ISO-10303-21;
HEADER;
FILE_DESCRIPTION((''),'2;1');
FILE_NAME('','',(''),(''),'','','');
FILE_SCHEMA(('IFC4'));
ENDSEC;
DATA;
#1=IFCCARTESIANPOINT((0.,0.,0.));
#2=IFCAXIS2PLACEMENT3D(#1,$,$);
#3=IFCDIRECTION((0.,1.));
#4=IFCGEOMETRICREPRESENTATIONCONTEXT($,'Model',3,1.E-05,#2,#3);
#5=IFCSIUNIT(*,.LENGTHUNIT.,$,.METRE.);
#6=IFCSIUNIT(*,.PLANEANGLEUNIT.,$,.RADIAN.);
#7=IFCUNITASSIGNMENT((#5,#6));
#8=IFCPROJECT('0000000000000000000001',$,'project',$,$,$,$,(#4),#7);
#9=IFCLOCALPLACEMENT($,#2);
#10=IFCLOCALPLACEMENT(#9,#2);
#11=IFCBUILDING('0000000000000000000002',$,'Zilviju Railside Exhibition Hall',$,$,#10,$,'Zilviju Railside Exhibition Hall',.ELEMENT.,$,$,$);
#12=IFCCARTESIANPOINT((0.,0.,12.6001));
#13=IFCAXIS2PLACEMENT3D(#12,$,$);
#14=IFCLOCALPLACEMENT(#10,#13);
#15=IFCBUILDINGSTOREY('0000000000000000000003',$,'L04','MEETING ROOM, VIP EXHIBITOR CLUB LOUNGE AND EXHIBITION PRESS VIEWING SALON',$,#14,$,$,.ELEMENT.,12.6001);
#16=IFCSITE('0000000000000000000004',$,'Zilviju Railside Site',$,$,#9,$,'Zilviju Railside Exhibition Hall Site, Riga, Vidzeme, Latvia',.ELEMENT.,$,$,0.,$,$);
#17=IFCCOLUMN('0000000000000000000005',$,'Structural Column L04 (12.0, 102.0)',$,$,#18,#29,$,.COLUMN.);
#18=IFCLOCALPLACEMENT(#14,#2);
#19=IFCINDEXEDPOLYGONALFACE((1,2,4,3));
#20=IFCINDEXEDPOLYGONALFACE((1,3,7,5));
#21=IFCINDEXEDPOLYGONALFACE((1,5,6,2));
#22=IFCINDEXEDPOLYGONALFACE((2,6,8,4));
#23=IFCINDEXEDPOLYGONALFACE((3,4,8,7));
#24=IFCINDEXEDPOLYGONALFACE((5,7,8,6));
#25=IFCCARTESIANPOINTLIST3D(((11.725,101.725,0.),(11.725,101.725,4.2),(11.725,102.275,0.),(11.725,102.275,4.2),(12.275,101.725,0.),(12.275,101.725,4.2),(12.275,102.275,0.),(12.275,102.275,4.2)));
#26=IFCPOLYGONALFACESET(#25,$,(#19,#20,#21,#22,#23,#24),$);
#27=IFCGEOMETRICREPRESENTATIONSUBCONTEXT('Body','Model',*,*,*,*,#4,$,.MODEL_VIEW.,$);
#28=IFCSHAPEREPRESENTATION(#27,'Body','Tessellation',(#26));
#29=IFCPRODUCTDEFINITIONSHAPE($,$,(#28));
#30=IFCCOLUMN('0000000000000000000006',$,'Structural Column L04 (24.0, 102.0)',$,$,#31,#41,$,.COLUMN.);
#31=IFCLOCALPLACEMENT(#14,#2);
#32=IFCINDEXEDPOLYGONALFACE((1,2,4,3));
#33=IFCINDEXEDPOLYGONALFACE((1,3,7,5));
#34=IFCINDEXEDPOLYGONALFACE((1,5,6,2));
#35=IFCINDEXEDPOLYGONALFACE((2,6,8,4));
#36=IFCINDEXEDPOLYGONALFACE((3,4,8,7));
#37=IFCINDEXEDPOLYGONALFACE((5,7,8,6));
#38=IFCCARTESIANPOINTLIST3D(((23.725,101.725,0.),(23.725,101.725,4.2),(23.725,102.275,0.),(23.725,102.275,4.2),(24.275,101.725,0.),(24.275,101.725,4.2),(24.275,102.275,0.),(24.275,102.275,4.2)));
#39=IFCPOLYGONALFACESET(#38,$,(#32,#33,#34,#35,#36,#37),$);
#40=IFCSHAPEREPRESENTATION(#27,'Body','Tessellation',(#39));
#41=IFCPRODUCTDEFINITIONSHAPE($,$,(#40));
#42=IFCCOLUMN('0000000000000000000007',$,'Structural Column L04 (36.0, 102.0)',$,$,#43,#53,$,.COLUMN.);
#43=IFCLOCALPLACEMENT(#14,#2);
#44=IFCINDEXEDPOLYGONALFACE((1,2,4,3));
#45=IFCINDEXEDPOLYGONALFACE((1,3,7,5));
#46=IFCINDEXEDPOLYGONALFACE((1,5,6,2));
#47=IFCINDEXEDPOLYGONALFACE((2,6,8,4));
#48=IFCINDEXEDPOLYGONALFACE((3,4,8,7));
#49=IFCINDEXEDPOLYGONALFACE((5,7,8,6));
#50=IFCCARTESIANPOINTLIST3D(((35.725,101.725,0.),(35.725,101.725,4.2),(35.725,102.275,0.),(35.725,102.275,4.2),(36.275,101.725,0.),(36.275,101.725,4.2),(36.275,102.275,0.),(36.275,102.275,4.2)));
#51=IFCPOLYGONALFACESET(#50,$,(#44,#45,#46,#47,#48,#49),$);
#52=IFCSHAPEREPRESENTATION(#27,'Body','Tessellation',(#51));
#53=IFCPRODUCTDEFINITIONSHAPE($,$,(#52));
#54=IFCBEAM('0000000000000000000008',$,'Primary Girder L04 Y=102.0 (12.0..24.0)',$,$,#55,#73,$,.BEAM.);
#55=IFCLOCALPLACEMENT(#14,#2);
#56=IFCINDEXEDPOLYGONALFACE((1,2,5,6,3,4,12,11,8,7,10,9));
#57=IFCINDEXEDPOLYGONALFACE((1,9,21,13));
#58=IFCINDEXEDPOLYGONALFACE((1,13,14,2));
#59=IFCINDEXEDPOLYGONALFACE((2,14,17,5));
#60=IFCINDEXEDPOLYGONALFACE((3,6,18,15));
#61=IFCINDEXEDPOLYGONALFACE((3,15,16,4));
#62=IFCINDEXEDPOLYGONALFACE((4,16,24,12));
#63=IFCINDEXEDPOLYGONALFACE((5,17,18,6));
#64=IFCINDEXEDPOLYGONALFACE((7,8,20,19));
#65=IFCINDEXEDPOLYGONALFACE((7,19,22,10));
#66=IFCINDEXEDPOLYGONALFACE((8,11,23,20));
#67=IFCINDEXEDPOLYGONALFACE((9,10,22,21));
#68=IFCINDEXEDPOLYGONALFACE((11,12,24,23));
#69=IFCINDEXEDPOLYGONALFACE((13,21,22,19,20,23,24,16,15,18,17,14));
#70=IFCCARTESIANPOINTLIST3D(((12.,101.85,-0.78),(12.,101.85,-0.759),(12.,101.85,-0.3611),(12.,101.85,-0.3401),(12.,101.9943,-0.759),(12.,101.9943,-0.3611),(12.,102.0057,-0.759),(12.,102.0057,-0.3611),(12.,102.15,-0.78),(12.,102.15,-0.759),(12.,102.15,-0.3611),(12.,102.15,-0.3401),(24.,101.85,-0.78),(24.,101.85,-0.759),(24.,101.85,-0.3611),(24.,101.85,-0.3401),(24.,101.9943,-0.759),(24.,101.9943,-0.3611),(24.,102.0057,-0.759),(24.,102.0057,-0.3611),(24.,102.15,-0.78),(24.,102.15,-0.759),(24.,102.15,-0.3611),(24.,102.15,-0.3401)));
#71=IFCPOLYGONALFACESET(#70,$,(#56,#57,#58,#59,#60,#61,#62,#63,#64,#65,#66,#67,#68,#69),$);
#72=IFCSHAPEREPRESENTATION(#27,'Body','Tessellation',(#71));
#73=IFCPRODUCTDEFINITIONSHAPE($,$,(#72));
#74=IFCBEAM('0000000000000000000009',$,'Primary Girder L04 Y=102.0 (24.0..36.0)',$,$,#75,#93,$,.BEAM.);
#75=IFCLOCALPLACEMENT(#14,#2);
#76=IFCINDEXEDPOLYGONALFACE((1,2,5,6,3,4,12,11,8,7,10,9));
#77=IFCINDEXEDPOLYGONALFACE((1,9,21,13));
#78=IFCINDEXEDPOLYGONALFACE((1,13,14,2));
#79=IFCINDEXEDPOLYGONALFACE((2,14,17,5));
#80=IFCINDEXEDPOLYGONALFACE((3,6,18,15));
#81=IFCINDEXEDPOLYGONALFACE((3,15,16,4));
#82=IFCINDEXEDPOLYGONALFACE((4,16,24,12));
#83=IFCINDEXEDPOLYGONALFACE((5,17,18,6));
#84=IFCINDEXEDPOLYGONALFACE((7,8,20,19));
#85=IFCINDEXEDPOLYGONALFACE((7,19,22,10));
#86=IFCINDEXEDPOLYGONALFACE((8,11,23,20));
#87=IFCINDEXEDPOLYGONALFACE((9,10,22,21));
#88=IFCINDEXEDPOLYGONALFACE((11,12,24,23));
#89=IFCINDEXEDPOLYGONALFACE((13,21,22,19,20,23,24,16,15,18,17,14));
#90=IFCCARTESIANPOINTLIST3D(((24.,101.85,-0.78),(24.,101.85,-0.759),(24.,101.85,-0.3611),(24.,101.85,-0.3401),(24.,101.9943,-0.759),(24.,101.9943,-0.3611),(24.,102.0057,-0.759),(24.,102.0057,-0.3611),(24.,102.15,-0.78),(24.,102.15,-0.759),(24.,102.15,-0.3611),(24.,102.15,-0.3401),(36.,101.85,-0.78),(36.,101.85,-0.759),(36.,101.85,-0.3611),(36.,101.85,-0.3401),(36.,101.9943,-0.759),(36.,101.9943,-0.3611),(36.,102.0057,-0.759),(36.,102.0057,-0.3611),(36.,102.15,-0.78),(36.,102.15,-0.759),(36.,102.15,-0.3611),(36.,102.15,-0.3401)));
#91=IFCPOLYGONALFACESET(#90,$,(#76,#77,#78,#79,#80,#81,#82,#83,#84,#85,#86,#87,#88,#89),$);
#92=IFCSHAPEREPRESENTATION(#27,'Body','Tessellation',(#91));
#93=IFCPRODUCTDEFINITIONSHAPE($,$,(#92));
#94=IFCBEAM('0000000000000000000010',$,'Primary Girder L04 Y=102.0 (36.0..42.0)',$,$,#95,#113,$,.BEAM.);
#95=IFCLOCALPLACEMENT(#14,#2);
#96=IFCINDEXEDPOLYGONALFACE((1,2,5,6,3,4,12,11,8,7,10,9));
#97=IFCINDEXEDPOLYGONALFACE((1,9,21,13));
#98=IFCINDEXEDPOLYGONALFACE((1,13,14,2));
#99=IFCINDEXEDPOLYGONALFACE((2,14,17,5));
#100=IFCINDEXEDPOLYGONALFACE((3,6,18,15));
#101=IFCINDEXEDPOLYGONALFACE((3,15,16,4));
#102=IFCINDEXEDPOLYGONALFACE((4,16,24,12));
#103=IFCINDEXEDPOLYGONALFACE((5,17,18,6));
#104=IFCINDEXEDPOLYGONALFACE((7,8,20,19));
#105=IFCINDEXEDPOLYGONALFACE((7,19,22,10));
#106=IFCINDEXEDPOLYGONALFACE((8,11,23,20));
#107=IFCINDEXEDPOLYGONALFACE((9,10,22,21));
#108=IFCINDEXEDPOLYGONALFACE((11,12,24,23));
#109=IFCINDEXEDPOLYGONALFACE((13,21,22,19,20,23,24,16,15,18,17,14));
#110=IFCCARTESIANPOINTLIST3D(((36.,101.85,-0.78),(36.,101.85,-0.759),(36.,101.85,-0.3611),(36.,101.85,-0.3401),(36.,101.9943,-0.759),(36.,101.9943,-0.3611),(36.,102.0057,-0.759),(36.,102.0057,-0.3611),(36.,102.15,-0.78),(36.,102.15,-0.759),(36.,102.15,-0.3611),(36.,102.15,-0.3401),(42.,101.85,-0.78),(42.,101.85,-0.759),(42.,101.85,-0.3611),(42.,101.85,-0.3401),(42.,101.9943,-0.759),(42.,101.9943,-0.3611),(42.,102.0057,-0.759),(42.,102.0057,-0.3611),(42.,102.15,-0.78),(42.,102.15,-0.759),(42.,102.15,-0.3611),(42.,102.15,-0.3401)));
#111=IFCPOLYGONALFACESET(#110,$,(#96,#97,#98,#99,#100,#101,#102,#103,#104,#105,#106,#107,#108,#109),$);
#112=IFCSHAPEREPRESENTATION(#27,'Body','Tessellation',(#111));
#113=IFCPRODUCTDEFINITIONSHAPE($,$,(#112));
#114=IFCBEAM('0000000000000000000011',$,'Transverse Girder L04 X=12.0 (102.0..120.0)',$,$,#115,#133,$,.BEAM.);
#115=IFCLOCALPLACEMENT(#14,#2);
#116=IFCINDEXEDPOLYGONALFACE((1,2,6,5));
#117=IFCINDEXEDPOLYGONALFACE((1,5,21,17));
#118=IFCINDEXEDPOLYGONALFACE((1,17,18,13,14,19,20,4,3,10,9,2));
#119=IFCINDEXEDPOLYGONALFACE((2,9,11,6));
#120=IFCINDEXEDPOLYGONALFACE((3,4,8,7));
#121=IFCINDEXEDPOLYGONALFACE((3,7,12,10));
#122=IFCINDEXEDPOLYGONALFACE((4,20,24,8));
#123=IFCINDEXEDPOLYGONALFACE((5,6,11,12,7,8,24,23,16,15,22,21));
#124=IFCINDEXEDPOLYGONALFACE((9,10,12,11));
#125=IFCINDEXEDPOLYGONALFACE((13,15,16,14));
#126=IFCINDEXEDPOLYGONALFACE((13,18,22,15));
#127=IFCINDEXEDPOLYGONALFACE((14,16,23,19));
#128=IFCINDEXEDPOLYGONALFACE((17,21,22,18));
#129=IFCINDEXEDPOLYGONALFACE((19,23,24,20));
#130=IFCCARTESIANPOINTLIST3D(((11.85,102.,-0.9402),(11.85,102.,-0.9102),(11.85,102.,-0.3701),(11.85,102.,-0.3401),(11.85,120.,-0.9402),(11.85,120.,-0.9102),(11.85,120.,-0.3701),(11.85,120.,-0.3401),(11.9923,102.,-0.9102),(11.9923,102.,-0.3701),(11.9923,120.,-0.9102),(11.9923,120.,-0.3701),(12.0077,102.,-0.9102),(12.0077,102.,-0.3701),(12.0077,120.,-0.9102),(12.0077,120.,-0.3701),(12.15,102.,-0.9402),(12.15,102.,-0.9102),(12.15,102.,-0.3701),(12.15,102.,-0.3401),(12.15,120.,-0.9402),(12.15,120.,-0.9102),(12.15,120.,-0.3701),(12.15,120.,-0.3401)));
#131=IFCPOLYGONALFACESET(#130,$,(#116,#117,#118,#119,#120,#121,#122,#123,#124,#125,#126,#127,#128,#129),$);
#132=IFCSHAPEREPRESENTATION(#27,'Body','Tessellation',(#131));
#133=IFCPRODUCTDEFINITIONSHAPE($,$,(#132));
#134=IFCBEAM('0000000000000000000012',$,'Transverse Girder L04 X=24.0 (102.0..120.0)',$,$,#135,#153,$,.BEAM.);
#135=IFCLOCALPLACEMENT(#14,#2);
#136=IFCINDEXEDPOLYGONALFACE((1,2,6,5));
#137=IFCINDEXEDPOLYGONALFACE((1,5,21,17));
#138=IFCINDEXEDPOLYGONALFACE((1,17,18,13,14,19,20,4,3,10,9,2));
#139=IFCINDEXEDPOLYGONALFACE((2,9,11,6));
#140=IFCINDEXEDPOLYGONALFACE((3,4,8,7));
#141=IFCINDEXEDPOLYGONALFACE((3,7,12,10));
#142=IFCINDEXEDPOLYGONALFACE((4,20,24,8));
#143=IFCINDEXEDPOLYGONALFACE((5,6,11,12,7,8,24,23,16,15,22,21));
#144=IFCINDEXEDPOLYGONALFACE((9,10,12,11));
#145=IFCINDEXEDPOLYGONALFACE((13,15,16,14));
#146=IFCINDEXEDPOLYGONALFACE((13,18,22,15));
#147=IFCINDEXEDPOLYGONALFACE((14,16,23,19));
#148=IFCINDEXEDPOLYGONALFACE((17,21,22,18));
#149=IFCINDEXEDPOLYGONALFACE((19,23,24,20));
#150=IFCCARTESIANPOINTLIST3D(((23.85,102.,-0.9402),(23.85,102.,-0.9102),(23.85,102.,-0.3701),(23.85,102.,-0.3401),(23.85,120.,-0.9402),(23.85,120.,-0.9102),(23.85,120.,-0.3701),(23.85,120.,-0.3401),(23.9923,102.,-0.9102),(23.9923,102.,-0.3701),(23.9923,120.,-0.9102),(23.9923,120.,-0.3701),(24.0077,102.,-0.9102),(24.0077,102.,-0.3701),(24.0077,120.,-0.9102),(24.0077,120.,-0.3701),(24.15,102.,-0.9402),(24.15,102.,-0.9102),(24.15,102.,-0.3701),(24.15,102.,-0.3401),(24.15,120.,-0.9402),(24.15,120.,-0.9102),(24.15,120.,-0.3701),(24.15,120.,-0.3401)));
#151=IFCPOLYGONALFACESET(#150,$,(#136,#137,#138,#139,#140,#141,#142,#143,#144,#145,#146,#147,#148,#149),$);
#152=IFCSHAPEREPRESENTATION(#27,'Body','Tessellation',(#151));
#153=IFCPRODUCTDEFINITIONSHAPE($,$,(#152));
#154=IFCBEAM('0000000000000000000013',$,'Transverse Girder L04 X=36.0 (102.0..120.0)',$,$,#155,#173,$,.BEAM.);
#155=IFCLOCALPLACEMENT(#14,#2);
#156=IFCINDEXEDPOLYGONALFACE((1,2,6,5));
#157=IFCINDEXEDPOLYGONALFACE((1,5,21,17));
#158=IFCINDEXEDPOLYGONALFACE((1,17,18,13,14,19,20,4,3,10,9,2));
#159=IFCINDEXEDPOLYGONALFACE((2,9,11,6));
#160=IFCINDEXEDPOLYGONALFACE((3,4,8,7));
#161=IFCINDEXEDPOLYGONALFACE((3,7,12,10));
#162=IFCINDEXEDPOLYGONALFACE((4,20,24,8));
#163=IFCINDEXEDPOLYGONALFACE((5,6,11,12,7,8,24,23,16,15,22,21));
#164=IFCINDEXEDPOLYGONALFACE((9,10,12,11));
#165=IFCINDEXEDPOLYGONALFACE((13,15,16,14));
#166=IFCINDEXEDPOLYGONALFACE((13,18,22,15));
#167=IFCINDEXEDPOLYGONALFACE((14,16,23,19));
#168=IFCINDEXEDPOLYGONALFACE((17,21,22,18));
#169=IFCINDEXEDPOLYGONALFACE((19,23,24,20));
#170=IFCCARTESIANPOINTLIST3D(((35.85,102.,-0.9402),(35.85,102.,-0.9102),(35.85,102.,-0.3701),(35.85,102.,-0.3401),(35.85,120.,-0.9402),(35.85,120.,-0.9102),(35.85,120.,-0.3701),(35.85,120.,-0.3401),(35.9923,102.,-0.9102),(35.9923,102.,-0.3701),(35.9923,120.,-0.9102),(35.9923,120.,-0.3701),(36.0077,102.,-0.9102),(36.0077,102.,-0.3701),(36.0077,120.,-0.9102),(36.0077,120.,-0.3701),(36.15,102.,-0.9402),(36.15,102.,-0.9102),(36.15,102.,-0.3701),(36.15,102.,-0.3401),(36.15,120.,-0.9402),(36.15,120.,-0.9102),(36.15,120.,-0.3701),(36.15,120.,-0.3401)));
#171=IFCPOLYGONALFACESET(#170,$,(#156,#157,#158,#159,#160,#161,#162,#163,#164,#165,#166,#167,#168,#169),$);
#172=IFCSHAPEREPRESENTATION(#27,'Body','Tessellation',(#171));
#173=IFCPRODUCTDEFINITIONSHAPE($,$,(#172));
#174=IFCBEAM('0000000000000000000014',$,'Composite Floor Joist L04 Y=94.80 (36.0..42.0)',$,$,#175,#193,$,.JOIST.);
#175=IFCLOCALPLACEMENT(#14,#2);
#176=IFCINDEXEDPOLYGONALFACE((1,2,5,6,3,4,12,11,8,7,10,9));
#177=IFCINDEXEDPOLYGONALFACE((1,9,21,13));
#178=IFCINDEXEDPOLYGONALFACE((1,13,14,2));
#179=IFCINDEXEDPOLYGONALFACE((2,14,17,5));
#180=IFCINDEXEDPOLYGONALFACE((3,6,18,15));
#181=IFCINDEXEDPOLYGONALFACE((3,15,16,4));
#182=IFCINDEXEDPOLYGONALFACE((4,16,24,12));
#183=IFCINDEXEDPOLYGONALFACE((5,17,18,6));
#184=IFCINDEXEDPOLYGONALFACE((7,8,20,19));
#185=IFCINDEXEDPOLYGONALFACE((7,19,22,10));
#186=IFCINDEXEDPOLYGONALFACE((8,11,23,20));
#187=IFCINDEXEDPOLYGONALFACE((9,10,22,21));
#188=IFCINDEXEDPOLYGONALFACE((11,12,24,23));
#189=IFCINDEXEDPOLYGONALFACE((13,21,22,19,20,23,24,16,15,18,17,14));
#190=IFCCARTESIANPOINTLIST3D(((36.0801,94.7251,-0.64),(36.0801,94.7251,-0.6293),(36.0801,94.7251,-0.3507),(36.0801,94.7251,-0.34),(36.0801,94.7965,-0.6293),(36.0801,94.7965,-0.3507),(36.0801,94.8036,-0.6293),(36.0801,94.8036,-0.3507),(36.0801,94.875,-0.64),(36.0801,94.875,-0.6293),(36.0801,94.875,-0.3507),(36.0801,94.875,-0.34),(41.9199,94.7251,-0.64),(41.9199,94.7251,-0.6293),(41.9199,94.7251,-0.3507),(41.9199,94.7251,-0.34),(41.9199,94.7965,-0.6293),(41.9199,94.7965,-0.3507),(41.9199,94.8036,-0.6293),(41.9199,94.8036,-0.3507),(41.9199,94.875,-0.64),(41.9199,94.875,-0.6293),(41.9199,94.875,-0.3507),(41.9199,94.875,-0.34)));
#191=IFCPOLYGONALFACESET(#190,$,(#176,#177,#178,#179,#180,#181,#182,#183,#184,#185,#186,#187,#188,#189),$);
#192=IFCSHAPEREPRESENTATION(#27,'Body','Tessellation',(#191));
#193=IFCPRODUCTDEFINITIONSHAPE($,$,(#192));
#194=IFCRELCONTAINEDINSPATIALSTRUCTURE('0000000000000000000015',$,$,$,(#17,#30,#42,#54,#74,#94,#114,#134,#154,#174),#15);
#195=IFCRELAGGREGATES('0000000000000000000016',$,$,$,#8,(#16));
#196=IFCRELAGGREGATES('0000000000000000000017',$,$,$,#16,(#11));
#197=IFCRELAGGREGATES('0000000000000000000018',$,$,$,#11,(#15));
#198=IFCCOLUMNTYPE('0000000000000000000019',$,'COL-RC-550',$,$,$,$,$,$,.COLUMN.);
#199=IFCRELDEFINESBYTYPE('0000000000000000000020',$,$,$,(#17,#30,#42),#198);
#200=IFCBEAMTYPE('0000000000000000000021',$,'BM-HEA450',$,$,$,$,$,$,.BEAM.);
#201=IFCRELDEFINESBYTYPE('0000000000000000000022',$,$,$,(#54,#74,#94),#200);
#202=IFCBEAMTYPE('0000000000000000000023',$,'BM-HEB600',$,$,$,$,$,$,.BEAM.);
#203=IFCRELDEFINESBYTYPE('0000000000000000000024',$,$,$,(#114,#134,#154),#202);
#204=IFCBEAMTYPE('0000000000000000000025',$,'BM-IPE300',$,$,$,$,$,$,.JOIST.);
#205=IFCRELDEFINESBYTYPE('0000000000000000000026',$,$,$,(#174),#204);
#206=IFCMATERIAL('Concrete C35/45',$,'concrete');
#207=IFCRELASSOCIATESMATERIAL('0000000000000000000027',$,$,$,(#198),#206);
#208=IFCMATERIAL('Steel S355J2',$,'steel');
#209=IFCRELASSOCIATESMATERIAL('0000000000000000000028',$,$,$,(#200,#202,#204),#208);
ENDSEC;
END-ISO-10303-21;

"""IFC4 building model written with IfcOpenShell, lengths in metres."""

from ifc_helpers import new_model, si_unit, direction, frame, origin, origin_2d, place, context, subcontext, project, spatial, rectangle, i_section, extrude, material, material_profile, profile_set, type_object, element, save


model = new_model("IFC4")

# Units and contexts
model_context = context("Model", 3, precision=1e-05, world=origin(), true_north=direction((0.0, 1.0)))
body_context = subcontext(model_context, "Body", "Model", "MODEL_VIEW")
ifc_project = project(units=[si_unit("LENGTHUNIT", "METRE"), si_unit("PLANEANGLEUNIT", "RADIAN")], contexts=[model_context])

# Site, building, storey
site_placement = place(None, origin())
site = spatial("IfcSite", under=ifc_project, at=site_placement, Name="Zilviju Railside Site", LongName="Zilviju Railside Exhibition Hall Site, Riga, Vidzeme, Latvia", CompositionType="ELEMENT", RefElevation=0.0)
building_placement = place(site_placement, origin())
building = spatial("IfcBuilding", under=site, at=building_placement, Name="Zilviju Railside Exhibition Hall", LongName="Zilviju Railside Exhibition Hall", CompositionType="ELEMENT")
storey_placement = place(building_placement, frame((0.0, 0.0, 12.6001)))
storey = spatial("IfcBuildingStorey", under=building, at=storey_placement, Name="L04", Description="MEETING ROOM, VIP EXHIBITOR CLUB LOUNGE AND EXHIBITION PRESS VIEWING SALON", CompositionType="ELEMENT", Elevation=12.6001)

# Columns
ifc_material_1 = material(Name="Concrete C35/45", Category="concrete")
ifc_material_profile_1 = material_profile(ifc_material_1, rectangle(XDim=0.55, YDim=0.55, at=origin_2d()), Name="RC COL 550x550")
ifc_profile_set_1 = profile_set([ifc_material_profile_1], Name="Concrete C35/45")
column_type = type_object("IfcColumnType", Name="COL-RC-550", PredefinedType="COLUMN", material=ifc_profile_set_1)
for number, where, z_axis, x_axis, name in (
    (1, (12.0, 102.0, 0.0), (0.0, 0.0, 1.0), (1.0, 0.0, 0.0), "Structural Column L04 (12.0, 102.0)"),
    (2, (24.0, 102.0, 0.0), (0.0, 0.0, 1.0), (1.0, 0.0, 0.0), "Structural Column L04 (24.0, 102.0)"),
    (3, (36.0, 102.0, 0.0), (0.0, 0.0, 1.0), (1.0, 0.0, 0.0), "Structural Column L04 (36.0, 102.0)"),
):
    element("IfcColumn", number, at=place(storey_placement, frame(where, z_axis=z_axis, x_axis=x_axis)), inside=storey, type_object=column_type, Name=name, PredefinedType="COLUMN", context=body_context, shape_type="SweptSolid", body=[
        extrude(rectangle(XDim=0.55, YDim=0.55, at=origin_2d()), origin(), (0.0, 0.0, 1.0), 4.2),
    ])

# Beams
ifc_material_2 = material(Name="Steel S355J2", Category="steel")
ifc_material_profile_2 = material_profile(ifc_material_2, i_section(OverallWidth=0.3, OverallDepth=0.4399, WebThickness=0.0115, FlangeThickness=0.021, at=origin_2d()), Name="HEA 450")
ifc_profile_set_2 = profile_set([ifc_material_profile_2], Name="Steel S355J2")
beam_type_1 = type_object("IfcBeamType", Name="BM-HEA450", PredefinedType="BEAM", material=ifc_profile_set_2)
for number, where, z_axis, x_axis, name in (
    (4, (12.0, 102.0, -0.5601), (1.0, 0.0, 0.0), (0.0, 1.0, 0.0), "Primary Girder L04 Y=102.0 (12.0..24.0)"),
    (5, (24.0, 102.0, -0.5601), (1.0, 0.0, 0.0), (0.0, 1.0, 0.0), "Primary Girder L04 Y=102.0 (24.0..36.0)"),
):
    element("IfcBeam", number, at=place(storey_placement, frame(where, z_axis=z_axis, x_axis=x_axis)), inside=storey, type_object=beam_type_1, Name=name, PredefinedType="BEAM", context=body_context, shape_type="SweptSolid", body=[
        extrude(i_section(OverallWidth=0.3, OverallDepth=0.4399, WebThickness=0.0115, FlangeThickness=0.021, at=origin_2d()), origin(), (0.0, 0.0, 1.0), 12.0),
    ])
beam_placement = place(storey_placement, frame((36.0, 102.0, -0.5601), z_axis=(1.0, 0.0, 0.0), x_axis=(0.0, 1.0, 0.0)))
element("IfcBeam", 6, at=beam_placement, inside=storey, type_object=beam_type_1, Name="Primary Girder L04 Y=102.0 (36.0..42.0)", PredefinedType="BEAM", context=body_context, shape_type="SweptSolid", body=[
    extrude(i_section(OverallWidth=0.3, OverallDepth=0.4399, WebThickness=0.0115, FlangeThickness=0.021, at=origin_2d()), origin(), (0.0, 0.0, 1.0), 6.0),
])
ifc_material_profile_3 = material_profile(ifc_material_2, i_section(OverallWidth=0.3, OverallDepth=0.6001, WebThickness=0.0154, FlangeThickness=0.03, at=origin_2d()), Name="HEB 600")
ifc_profile_set_3 = profile_set([ifc_material_profile_3], Name="Steel S355J2")
beam_type_2 = type_object("IfcBeamType", Name="BM-HEB600", PredefinedType="BEAM", material=ifc_profile_set_3)
for number, where, z_axis, x_axis, name in (
    (7, (12.0, 102.0, -0.6401), (0.0, 1.0, 0.0), (-1.0, 0.0, 0.0), "Transverse Girder L04 X=12.0 (102.0..120.0)"),
    (8, (24.0, 102.0, -0.6401), (0.0, 1.0, 0.0), (-1.0, 0.0, 0.0), "Transverse Girder L04 X=24.0 (102.0..120.0)"),
    (9, (36.0, 102.0, -0.6401), (0.0, 1.0, 0.0), (-1.0, 0.0, 0.0), "Transverse Girder L04 X=36.0 (102.0..120.0)"),
):
    element("IfcBeam", number, at=place(storey_placement, frame(where, z_axis=z_axis, x_axis=x_axis)), inside=storey, type_object=beam_type_2, Name=name, PredefinedType="BEAM", context=body_context, shape_type="SweptSolid", body=[
        extrude(i_section(OverallWidth=0.3, OverallDepth=0.6001, WebThickness=0.0154, FlangeThickness=0.03, at=origin_2d()), origin(), (0.0, 0.0, 1.0), 18.0),
    ])
ifc_material_profile_4 = material_profile(ifc_material_2, i_section(OverallWidth=0.1499, OverallDepth=0.3, WebThickness=0.0071, FlangeThickness=0.0107, at=origin_2d()), Name="IPE 300")
ifc_profile_set_4 = profile_set([ifc_material_profile_4], Name="Steel S355J2")
beam_type_3 = type_object("IfcBeamType", Name="BM-IPE300", PredefinedType="JOIST", material=ifc_profile_set_4)
for number, where, z_axis, x_axis, name in (
    (10, (36.0801, 94.8, -0.49), (1.0, 0.0, 0.0), (0.0, 1.0, 0.0), "Composite Floor Joist L04 Y=94.80 (36.0..42.0)"),
):
    element("IfcBeam", number, at=place(storey_placement, frame(where, z_axis=z_axis, x_axis=x_axis)), inside=storey, type_object=beam_type_3, Name=name, PredefinedType="JOIST", context=body_context, shape_type="SweptSolid", body=[
        extrude(i_section(OverallWidth=0.1499, OverallDepth=0.3, WebThickness=0.0071, FlangeThickness=0.0107, at=origin_2d()), origin(), (0.0, 0.0, 1.0), 5.8398),
    ])

save(model, "model.ifc")
